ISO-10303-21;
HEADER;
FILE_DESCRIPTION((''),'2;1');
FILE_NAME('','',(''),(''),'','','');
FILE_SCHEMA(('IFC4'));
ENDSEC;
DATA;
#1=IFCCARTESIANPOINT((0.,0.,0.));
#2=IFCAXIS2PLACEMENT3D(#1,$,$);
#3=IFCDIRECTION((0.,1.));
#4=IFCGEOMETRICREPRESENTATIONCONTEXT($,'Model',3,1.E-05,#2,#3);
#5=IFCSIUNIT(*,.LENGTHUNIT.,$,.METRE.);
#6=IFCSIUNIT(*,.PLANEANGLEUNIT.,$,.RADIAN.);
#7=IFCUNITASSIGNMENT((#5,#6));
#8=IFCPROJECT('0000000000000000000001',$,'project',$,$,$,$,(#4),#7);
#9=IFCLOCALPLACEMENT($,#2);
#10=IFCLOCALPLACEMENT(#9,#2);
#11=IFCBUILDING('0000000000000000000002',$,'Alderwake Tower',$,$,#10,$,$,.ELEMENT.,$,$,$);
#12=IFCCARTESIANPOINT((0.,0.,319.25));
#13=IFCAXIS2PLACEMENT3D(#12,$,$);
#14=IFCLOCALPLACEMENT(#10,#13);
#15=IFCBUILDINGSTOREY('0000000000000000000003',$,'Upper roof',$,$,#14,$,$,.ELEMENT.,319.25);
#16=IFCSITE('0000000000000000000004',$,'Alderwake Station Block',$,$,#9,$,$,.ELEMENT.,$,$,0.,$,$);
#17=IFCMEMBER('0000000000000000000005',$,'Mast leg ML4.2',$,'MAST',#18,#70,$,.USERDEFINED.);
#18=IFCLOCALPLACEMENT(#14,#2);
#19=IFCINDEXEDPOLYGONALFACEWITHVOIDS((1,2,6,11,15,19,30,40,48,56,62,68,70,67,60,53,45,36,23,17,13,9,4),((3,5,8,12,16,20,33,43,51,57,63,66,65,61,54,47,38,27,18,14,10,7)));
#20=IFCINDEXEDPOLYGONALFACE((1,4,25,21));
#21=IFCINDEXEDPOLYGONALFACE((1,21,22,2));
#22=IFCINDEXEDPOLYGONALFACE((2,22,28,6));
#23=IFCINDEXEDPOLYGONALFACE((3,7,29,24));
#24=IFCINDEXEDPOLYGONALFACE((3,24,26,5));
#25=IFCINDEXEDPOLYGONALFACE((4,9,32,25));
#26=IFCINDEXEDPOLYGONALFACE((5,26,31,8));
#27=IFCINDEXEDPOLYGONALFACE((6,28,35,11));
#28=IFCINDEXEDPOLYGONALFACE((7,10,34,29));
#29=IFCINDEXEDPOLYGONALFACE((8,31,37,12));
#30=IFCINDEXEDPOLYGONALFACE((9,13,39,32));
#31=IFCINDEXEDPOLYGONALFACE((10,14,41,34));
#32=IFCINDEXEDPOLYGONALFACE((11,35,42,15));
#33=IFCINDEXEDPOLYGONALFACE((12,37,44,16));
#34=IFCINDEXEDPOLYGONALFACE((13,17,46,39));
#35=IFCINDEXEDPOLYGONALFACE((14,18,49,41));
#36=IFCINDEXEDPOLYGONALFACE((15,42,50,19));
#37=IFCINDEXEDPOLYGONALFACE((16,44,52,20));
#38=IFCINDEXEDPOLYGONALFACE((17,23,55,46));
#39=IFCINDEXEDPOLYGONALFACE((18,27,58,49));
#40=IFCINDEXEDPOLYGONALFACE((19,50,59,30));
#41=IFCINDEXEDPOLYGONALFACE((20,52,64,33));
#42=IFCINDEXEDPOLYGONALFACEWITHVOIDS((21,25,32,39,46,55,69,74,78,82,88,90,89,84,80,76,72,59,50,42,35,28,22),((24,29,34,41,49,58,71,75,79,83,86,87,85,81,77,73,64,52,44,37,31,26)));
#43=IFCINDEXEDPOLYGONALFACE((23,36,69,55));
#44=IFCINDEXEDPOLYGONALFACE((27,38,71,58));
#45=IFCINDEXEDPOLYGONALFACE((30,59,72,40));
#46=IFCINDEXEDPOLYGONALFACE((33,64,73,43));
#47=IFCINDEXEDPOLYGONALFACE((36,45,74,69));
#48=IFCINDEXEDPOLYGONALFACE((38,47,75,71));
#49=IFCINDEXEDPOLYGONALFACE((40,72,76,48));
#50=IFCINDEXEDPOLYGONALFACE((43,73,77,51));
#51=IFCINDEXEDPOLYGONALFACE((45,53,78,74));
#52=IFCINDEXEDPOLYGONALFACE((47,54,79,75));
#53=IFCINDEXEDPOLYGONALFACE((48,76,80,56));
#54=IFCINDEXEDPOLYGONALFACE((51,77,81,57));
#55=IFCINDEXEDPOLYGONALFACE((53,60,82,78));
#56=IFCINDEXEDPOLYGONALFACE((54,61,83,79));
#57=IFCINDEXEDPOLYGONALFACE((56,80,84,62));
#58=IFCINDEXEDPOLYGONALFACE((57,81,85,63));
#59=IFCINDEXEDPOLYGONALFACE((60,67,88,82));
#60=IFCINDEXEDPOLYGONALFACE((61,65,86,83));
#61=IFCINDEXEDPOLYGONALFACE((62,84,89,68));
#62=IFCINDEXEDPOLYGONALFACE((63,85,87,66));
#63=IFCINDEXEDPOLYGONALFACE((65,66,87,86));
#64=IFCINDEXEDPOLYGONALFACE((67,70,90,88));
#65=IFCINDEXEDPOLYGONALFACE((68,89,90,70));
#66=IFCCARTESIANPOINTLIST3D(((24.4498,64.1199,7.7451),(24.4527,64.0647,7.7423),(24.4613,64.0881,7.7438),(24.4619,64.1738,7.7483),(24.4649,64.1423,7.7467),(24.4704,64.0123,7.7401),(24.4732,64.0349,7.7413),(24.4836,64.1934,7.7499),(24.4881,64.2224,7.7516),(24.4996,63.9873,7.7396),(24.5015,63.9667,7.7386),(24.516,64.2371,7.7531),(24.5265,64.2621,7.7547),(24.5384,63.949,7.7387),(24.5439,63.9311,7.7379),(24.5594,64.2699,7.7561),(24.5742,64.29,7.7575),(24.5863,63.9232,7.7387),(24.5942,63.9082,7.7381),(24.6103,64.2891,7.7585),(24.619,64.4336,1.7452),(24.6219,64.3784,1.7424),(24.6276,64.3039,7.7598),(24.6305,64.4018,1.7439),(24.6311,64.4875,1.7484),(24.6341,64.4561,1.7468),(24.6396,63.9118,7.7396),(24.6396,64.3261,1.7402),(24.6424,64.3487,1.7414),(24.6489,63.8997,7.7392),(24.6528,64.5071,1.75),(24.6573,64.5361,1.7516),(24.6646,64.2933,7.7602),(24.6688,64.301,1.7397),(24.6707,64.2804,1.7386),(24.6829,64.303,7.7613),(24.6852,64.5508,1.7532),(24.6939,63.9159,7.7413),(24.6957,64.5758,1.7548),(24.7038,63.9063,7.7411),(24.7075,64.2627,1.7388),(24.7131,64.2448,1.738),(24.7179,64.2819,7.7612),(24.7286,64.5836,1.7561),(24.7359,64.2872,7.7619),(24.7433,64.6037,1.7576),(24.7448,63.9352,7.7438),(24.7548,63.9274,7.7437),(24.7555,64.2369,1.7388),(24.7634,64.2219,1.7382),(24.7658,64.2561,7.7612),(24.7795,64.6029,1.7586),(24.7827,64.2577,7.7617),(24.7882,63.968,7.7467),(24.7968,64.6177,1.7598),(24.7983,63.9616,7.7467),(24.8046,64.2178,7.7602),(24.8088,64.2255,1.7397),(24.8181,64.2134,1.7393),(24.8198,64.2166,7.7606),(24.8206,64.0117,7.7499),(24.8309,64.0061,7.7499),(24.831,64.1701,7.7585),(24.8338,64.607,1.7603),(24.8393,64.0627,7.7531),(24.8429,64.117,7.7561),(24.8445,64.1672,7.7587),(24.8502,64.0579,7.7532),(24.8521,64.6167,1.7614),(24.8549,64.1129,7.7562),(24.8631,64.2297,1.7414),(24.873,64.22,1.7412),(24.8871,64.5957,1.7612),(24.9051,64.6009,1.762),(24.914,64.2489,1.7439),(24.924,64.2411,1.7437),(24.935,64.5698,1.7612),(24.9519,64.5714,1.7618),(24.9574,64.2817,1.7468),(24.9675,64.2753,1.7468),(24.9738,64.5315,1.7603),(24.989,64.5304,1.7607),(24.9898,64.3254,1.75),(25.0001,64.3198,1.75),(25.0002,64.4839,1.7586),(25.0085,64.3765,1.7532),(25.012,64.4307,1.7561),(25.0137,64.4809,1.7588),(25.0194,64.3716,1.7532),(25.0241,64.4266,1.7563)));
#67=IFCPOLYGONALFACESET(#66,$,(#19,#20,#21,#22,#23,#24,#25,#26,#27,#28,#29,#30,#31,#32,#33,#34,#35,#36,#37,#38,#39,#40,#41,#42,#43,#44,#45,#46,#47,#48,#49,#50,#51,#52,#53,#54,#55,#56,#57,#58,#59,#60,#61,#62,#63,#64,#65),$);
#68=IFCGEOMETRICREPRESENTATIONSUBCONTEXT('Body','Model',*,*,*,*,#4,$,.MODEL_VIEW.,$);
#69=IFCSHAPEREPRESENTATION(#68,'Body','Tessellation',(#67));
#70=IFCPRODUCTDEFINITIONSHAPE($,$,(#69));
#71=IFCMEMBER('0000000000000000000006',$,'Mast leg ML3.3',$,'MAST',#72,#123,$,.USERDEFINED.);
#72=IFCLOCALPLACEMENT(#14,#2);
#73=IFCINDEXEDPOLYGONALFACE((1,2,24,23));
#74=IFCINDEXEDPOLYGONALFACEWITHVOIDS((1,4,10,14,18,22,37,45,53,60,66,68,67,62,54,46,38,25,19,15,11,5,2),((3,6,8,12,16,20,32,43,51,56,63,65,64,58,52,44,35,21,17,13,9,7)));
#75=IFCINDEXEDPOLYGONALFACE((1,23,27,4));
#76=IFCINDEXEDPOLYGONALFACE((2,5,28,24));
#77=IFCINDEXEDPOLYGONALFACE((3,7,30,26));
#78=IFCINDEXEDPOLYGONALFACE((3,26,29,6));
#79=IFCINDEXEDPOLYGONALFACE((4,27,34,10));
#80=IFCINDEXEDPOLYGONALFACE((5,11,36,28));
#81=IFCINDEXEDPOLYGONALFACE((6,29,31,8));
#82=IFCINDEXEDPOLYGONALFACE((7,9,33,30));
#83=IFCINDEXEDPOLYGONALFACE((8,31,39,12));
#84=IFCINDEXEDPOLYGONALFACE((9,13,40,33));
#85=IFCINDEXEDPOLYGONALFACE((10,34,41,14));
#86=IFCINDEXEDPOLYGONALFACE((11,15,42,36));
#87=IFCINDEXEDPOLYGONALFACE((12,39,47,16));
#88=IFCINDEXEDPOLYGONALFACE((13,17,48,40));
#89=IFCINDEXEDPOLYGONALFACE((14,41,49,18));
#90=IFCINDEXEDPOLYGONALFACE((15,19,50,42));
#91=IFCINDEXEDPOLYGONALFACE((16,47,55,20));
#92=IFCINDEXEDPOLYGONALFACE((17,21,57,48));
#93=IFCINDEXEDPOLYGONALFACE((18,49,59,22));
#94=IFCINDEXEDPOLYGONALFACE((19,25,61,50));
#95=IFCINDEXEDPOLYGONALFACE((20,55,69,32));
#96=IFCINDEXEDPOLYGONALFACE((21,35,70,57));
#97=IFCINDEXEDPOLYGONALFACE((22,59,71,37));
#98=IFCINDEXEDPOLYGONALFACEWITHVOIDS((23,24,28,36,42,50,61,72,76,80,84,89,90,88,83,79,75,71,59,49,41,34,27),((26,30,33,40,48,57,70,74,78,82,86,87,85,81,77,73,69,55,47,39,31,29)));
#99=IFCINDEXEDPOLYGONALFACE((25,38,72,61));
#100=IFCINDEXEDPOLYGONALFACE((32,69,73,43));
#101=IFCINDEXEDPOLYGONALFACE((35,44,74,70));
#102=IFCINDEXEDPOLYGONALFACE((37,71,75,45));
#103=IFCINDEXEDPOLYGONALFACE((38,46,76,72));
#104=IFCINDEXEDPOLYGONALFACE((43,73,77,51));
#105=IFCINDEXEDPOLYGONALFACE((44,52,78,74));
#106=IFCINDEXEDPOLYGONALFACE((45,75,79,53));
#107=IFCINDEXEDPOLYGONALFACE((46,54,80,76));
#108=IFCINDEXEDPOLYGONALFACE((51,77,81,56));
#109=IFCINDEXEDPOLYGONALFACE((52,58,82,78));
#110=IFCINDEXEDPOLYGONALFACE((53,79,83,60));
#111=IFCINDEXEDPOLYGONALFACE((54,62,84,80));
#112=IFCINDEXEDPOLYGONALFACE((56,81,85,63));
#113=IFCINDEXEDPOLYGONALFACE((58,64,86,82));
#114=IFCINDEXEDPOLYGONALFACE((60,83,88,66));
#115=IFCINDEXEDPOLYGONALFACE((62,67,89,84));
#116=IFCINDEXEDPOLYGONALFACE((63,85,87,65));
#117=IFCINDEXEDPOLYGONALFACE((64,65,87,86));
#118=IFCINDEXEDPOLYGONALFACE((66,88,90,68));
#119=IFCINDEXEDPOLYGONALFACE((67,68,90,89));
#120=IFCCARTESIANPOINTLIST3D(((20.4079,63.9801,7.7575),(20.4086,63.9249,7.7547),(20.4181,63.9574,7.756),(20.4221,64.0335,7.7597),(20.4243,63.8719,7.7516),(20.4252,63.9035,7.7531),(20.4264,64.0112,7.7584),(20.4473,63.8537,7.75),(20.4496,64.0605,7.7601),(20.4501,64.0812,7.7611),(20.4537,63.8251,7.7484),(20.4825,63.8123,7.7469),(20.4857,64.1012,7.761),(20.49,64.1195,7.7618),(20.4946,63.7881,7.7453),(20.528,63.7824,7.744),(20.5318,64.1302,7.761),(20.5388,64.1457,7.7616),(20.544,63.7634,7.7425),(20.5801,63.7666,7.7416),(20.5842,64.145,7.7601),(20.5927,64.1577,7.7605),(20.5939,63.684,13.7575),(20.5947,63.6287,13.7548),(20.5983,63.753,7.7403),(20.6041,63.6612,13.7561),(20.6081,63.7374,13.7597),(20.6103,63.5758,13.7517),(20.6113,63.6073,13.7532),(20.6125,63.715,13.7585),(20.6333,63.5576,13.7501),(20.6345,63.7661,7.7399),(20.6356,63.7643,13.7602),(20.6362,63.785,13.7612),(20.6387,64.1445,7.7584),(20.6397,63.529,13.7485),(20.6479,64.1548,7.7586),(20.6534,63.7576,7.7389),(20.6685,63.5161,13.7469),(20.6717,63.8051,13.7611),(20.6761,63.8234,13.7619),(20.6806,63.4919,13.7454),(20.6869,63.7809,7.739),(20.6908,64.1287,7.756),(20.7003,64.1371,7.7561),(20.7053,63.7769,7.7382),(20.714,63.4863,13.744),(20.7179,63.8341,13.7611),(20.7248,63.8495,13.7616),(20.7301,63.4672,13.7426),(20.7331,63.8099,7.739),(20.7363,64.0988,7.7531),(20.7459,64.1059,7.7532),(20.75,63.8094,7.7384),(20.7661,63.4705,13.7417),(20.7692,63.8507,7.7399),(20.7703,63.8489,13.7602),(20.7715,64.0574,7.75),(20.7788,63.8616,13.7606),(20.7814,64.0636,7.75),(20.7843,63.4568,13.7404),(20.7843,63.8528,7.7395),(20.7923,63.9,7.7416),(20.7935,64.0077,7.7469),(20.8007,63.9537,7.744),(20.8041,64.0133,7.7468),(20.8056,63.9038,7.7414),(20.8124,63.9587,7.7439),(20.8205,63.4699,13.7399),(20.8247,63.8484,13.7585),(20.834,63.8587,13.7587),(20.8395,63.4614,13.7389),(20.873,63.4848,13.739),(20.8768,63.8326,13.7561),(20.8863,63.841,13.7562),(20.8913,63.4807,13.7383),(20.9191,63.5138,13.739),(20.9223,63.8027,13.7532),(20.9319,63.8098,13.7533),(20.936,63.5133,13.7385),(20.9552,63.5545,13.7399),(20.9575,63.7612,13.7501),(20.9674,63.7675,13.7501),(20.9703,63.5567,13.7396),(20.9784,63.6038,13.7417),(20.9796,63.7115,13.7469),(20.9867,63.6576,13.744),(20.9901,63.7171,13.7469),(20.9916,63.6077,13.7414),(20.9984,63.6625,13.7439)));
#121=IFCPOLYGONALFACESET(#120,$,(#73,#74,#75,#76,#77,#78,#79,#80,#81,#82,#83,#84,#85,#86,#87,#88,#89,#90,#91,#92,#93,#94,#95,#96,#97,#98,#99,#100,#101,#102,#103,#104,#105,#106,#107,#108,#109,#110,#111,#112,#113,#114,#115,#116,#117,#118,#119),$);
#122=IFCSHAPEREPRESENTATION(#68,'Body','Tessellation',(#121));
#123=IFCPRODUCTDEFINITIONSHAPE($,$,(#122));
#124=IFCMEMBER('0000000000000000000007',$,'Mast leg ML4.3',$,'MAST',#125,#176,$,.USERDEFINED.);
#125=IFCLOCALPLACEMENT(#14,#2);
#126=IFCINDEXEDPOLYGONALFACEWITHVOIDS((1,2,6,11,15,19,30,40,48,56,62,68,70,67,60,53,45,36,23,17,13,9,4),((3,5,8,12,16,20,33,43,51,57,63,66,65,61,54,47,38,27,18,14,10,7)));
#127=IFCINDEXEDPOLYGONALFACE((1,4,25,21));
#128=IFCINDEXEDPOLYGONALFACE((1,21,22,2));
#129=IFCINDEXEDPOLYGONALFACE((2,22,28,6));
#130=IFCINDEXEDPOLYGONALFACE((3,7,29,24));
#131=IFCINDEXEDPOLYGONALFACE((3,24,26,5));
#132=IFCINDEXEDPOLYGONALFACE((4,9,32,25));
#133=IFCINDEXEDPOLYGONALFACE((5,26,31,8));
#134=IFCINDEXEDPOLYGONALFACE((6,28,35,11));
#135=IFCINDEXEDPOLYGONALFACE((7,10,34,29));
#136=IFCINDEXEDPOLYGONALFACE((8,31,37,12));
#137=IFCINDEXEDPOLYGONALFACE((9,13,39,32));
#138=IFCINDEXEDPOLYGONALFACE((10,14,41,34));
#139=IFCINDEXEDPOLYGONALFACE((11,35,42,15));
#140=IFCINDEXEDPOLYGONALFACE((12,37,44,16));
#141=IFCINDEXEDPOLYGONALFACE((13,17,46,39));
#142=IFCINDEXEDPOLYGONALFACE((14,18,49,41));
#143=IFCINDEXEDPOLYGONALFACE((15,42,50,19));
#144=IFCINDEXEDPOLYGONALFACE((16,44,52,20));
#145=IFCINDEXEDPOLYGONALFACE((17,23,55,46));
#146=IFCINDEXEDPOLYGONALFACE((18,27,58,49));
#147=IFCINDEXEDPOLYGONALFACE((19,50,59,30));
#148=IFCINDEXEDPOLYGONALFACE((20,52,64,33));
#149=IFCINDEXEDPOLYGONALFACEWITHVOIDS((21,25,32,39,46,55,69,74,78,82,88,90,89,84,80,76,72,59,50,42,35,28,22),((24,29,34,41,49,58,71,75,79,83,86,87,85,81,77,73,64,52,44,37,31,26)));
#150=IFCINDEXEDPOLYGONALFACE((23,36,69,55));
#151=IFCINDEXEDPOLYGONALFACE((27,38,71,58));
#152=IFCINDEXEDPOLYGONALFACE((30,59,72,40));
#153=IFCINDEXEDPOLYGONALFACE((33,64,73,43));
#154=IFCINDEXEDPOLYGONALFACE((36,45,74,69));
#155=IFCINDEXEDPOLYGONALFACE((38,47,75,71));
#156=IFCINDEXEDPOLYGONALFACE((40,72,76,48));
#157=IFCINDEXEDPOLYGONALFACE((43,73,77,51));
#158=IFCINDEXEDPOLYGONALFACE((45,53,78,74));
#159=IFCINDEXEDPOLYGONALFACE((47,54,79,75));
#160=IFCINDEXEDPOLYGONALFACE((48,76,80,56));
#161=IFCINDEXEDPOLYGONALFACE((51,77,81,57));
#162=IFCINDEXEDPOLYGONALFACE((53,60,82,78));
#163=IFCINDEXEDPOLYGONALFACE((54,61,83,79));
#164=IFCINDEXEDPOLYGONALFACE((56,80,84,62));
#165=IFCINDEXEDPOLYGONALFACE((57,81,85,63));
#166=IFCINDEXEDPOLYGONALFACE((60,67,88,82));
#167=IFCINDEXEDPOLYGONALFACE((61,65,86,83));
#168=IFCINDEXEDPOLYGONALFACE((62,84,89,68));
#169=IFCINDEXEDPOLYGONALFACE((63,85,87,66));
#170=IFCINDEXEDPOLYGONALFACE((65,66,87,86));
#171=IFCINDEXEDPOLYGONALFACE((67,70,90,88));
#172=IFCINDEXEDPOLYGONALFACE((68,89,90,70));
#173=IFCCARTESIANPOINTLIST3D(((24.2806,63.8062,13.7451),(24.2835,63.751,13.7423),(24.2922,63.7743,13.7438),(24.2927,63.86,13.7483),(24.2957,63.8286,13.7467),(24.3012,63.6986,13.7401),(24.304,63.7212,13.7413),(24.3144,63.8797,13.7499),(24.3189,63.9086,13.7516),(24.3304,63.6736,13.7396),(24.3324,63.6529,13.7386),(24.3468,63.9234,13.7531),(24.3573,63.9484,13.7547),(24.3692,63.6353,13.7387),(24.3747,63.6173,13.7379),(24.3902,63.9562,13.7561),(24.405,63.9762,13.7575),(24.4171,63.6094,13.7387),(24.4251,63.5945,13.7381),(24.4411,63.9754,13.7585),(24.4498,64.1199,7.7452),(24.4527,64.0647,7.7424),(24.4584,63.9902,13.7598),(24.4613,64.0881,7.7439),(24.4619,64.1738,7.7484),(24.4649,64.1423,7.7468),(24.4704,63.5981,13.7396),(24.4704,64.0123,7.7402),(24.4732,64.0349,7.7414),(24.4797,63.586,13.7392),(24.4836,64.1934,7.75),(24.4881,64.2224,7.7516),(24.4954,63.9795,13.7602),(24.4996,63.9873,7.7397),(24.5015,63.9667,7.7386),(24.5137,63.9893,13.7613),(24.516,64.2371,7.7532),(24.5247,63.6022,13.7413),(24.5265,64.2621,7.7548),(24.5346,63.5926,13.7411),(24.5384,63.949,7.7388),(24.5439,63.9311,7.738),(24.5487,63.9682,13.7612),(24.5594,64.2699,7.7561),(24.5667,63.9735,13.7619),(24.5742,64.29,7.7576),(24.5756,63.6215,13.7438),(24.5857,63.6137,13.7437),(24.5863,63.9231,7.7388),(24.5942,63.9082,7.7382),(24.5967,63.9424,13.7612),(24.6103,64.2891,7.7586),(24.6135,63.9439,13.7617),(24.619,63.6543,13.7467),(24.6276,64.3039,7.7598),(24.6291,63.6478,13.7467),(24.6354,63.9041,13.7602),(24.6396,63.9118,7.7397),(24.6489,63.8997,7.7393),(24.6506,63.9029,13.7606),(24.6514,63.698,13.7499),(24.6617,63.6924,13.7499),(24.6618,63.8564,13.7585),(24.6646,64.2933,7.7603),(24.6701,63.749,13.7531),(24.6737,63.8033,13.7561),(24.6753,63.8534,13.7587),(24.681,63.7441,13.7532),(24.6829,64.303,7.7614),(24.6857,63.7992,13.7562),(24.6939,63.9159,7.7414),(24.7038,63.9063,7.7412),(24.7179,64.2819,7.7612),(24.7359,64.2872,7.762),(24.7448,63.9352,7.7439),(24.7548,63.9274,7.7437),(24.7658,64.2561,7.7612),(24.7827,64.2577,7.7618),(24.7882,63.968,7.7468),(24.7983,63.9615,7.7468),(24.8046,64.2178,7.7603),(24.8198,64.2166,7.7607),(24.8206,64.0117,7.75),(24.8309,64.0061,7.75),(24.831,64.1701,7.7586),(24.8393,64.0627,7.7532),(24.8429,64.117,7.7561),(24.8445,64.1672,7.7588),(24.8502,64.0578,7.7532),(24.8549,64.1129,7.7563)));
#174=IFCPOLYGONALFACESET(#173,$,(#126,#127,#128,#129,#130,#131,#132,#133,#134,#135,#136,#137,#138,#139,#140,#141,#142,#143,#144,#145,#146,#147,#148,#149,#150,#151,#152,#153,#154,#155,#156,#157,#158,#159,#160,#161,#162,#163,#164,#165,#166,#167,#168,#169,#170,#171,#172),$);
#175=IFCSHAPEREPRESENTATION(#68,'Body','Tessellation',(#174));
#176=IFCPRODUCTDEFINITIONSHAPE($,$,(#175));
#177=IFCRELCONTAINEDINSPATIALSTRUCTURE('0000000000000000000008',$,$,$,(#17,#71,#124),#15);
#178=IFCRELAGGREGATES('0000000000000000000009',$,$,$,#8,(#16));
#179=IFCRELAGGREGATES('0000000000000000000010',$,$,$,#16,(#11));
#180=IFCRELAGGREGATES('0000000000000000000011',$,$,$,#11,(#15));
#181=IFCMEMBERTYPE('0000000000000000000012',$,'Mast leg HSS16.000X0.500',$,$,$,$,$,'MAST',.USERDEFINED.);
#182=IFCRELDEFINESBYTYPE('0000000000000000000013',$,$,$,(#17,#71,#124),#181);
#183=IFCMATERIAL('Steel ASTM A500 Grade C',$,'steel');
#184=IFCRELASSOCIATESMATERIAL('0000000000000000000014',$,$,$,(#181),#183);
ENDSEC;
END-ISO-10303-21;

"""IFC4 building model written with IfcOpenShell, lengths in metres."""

from ifc_helpers import new_model, si_unit, direction, frame, origin, origin_2d, place, context, subcontext, project, spatial, hollow_circle, extrude, material, material_profile, profile_set, type_object, element, save


model = new_model("IFC4")

# Units and contexts
model_context = context("Model", 3, precision=1e-05, world=origin(), true_north=direction((0.0, 1.0)))
body_context = subcontext(model_context, "Body", "Model", "MODEL_VIEW")
ifc_project = project(units=[si_unit("LENGTHUNIT", "METRE"), si_unit("PLANEANGLEUNIT", "RADIAN")], contexts=[model_context])

# Site, building, storey
site_placement = place(None, origin())
site = spatial("IfcSite", under=ifc_project, at=site_placement, Name="Alderwake Station Block", CompositionType="ELEMENT", RefElevation=0.0)
building_placement = place(site_placement, origin())
building = spatial("IfcBuilding", under=site, at=building_placement, Name="Alderwake Tower", CompositionType="ELEMENT")
storey_placement = place(building_placement, frame((0.0, 0.0, 319.25)))
storey = spatial("IfcBuildingStorey", under=building, at=storey_placement, Name="Upper roof", CompositionType="ELEMENT", Elevation=319.25)

# Members
ifc_material_1 = material(Name="Steel ASTM A500 Grade C", Category="steel")
ifc_material_profile_1 = material_profile(ifc_material_1, hollow_circle(Radius=0.2031, WallThickness=0.0117, at=origin_2d()), Name="HSS16.000X0.500")
ifc_profile_set_1 = profile_set([ifc_material_profile_1], Name="Steel ASTM A500 Grade C")
member_type_1 = type_object("IfcMemberType", Name="Mast leg HSS16.000X0.500", ElementType="MAST", PredefinedType="USERDEFINED", material=ifc_profile_set_1)
member_1_placement = place(storey_placement, frame((24.8213, 64.4163, 1.75), z_axis=(-0.028149, -0.052195, 0.99824), x_axis=(0.880163, -0.474672, 0.0)))
element("IfcMember", 1, at=member_1_placement, inside=storey, type_object=member_type_1, Name="Mast leg ML4.2", ObjectType="MAST", PredefinedType="USERDEFINED", context=body_context, shape_type="SweptSolid", body=[
    extrude(hollow_circle(Radius=0.2031, WallThickness=0.0117, at=origin_2d()), origin(), (0.0, 0.0, 1.0), 6.0105),
])
member_2_placement = place(storey_placement, frame((20.6094, 63.9556, 7.75), z_axis=(0.030953, -0.049273, 0.998306), x_axis=(0.84678, 0.531943, 0.0)))
element("IfcMember", 2, at=member_2_placement, inside=storey, type_object=member_type_1, Name="Mast leg ML3.3", ObjectType="MAST", PredefinedType="USERDEFINED", context=body_context, shape_type="SweptSolid", body=[
    extrude(hollow_circle(Radius=0.2031, WallThickness=0.0117, at=origin_2d()), origin(), (0.0, 0.0, 1.0), 6.0103),
])
member_3_placement = place(storey_placement, frame((24.6521, 64.1025, 7.75), z_axis=(-0.028149, -0.052195, 0.99824), x_axis=(0.880163, -0.474672, 0.0)))
element("IfcMember", 3, at=member_3_placement, inside=storey, type_object=member_type_1, Name="Mast leg ML4.3", ObjectType="MAST", PredefinedType="USERDEFINED", context=body_context, shape_type="SweptSolid", body=[
    extrude(hollow_circle(Radius=0.2031, WallThickness=0.0117, at=origin_2d()), origin(), (0.0, 0.0, 1.0), 6.0105),
])

save(model, "model.ifc")
